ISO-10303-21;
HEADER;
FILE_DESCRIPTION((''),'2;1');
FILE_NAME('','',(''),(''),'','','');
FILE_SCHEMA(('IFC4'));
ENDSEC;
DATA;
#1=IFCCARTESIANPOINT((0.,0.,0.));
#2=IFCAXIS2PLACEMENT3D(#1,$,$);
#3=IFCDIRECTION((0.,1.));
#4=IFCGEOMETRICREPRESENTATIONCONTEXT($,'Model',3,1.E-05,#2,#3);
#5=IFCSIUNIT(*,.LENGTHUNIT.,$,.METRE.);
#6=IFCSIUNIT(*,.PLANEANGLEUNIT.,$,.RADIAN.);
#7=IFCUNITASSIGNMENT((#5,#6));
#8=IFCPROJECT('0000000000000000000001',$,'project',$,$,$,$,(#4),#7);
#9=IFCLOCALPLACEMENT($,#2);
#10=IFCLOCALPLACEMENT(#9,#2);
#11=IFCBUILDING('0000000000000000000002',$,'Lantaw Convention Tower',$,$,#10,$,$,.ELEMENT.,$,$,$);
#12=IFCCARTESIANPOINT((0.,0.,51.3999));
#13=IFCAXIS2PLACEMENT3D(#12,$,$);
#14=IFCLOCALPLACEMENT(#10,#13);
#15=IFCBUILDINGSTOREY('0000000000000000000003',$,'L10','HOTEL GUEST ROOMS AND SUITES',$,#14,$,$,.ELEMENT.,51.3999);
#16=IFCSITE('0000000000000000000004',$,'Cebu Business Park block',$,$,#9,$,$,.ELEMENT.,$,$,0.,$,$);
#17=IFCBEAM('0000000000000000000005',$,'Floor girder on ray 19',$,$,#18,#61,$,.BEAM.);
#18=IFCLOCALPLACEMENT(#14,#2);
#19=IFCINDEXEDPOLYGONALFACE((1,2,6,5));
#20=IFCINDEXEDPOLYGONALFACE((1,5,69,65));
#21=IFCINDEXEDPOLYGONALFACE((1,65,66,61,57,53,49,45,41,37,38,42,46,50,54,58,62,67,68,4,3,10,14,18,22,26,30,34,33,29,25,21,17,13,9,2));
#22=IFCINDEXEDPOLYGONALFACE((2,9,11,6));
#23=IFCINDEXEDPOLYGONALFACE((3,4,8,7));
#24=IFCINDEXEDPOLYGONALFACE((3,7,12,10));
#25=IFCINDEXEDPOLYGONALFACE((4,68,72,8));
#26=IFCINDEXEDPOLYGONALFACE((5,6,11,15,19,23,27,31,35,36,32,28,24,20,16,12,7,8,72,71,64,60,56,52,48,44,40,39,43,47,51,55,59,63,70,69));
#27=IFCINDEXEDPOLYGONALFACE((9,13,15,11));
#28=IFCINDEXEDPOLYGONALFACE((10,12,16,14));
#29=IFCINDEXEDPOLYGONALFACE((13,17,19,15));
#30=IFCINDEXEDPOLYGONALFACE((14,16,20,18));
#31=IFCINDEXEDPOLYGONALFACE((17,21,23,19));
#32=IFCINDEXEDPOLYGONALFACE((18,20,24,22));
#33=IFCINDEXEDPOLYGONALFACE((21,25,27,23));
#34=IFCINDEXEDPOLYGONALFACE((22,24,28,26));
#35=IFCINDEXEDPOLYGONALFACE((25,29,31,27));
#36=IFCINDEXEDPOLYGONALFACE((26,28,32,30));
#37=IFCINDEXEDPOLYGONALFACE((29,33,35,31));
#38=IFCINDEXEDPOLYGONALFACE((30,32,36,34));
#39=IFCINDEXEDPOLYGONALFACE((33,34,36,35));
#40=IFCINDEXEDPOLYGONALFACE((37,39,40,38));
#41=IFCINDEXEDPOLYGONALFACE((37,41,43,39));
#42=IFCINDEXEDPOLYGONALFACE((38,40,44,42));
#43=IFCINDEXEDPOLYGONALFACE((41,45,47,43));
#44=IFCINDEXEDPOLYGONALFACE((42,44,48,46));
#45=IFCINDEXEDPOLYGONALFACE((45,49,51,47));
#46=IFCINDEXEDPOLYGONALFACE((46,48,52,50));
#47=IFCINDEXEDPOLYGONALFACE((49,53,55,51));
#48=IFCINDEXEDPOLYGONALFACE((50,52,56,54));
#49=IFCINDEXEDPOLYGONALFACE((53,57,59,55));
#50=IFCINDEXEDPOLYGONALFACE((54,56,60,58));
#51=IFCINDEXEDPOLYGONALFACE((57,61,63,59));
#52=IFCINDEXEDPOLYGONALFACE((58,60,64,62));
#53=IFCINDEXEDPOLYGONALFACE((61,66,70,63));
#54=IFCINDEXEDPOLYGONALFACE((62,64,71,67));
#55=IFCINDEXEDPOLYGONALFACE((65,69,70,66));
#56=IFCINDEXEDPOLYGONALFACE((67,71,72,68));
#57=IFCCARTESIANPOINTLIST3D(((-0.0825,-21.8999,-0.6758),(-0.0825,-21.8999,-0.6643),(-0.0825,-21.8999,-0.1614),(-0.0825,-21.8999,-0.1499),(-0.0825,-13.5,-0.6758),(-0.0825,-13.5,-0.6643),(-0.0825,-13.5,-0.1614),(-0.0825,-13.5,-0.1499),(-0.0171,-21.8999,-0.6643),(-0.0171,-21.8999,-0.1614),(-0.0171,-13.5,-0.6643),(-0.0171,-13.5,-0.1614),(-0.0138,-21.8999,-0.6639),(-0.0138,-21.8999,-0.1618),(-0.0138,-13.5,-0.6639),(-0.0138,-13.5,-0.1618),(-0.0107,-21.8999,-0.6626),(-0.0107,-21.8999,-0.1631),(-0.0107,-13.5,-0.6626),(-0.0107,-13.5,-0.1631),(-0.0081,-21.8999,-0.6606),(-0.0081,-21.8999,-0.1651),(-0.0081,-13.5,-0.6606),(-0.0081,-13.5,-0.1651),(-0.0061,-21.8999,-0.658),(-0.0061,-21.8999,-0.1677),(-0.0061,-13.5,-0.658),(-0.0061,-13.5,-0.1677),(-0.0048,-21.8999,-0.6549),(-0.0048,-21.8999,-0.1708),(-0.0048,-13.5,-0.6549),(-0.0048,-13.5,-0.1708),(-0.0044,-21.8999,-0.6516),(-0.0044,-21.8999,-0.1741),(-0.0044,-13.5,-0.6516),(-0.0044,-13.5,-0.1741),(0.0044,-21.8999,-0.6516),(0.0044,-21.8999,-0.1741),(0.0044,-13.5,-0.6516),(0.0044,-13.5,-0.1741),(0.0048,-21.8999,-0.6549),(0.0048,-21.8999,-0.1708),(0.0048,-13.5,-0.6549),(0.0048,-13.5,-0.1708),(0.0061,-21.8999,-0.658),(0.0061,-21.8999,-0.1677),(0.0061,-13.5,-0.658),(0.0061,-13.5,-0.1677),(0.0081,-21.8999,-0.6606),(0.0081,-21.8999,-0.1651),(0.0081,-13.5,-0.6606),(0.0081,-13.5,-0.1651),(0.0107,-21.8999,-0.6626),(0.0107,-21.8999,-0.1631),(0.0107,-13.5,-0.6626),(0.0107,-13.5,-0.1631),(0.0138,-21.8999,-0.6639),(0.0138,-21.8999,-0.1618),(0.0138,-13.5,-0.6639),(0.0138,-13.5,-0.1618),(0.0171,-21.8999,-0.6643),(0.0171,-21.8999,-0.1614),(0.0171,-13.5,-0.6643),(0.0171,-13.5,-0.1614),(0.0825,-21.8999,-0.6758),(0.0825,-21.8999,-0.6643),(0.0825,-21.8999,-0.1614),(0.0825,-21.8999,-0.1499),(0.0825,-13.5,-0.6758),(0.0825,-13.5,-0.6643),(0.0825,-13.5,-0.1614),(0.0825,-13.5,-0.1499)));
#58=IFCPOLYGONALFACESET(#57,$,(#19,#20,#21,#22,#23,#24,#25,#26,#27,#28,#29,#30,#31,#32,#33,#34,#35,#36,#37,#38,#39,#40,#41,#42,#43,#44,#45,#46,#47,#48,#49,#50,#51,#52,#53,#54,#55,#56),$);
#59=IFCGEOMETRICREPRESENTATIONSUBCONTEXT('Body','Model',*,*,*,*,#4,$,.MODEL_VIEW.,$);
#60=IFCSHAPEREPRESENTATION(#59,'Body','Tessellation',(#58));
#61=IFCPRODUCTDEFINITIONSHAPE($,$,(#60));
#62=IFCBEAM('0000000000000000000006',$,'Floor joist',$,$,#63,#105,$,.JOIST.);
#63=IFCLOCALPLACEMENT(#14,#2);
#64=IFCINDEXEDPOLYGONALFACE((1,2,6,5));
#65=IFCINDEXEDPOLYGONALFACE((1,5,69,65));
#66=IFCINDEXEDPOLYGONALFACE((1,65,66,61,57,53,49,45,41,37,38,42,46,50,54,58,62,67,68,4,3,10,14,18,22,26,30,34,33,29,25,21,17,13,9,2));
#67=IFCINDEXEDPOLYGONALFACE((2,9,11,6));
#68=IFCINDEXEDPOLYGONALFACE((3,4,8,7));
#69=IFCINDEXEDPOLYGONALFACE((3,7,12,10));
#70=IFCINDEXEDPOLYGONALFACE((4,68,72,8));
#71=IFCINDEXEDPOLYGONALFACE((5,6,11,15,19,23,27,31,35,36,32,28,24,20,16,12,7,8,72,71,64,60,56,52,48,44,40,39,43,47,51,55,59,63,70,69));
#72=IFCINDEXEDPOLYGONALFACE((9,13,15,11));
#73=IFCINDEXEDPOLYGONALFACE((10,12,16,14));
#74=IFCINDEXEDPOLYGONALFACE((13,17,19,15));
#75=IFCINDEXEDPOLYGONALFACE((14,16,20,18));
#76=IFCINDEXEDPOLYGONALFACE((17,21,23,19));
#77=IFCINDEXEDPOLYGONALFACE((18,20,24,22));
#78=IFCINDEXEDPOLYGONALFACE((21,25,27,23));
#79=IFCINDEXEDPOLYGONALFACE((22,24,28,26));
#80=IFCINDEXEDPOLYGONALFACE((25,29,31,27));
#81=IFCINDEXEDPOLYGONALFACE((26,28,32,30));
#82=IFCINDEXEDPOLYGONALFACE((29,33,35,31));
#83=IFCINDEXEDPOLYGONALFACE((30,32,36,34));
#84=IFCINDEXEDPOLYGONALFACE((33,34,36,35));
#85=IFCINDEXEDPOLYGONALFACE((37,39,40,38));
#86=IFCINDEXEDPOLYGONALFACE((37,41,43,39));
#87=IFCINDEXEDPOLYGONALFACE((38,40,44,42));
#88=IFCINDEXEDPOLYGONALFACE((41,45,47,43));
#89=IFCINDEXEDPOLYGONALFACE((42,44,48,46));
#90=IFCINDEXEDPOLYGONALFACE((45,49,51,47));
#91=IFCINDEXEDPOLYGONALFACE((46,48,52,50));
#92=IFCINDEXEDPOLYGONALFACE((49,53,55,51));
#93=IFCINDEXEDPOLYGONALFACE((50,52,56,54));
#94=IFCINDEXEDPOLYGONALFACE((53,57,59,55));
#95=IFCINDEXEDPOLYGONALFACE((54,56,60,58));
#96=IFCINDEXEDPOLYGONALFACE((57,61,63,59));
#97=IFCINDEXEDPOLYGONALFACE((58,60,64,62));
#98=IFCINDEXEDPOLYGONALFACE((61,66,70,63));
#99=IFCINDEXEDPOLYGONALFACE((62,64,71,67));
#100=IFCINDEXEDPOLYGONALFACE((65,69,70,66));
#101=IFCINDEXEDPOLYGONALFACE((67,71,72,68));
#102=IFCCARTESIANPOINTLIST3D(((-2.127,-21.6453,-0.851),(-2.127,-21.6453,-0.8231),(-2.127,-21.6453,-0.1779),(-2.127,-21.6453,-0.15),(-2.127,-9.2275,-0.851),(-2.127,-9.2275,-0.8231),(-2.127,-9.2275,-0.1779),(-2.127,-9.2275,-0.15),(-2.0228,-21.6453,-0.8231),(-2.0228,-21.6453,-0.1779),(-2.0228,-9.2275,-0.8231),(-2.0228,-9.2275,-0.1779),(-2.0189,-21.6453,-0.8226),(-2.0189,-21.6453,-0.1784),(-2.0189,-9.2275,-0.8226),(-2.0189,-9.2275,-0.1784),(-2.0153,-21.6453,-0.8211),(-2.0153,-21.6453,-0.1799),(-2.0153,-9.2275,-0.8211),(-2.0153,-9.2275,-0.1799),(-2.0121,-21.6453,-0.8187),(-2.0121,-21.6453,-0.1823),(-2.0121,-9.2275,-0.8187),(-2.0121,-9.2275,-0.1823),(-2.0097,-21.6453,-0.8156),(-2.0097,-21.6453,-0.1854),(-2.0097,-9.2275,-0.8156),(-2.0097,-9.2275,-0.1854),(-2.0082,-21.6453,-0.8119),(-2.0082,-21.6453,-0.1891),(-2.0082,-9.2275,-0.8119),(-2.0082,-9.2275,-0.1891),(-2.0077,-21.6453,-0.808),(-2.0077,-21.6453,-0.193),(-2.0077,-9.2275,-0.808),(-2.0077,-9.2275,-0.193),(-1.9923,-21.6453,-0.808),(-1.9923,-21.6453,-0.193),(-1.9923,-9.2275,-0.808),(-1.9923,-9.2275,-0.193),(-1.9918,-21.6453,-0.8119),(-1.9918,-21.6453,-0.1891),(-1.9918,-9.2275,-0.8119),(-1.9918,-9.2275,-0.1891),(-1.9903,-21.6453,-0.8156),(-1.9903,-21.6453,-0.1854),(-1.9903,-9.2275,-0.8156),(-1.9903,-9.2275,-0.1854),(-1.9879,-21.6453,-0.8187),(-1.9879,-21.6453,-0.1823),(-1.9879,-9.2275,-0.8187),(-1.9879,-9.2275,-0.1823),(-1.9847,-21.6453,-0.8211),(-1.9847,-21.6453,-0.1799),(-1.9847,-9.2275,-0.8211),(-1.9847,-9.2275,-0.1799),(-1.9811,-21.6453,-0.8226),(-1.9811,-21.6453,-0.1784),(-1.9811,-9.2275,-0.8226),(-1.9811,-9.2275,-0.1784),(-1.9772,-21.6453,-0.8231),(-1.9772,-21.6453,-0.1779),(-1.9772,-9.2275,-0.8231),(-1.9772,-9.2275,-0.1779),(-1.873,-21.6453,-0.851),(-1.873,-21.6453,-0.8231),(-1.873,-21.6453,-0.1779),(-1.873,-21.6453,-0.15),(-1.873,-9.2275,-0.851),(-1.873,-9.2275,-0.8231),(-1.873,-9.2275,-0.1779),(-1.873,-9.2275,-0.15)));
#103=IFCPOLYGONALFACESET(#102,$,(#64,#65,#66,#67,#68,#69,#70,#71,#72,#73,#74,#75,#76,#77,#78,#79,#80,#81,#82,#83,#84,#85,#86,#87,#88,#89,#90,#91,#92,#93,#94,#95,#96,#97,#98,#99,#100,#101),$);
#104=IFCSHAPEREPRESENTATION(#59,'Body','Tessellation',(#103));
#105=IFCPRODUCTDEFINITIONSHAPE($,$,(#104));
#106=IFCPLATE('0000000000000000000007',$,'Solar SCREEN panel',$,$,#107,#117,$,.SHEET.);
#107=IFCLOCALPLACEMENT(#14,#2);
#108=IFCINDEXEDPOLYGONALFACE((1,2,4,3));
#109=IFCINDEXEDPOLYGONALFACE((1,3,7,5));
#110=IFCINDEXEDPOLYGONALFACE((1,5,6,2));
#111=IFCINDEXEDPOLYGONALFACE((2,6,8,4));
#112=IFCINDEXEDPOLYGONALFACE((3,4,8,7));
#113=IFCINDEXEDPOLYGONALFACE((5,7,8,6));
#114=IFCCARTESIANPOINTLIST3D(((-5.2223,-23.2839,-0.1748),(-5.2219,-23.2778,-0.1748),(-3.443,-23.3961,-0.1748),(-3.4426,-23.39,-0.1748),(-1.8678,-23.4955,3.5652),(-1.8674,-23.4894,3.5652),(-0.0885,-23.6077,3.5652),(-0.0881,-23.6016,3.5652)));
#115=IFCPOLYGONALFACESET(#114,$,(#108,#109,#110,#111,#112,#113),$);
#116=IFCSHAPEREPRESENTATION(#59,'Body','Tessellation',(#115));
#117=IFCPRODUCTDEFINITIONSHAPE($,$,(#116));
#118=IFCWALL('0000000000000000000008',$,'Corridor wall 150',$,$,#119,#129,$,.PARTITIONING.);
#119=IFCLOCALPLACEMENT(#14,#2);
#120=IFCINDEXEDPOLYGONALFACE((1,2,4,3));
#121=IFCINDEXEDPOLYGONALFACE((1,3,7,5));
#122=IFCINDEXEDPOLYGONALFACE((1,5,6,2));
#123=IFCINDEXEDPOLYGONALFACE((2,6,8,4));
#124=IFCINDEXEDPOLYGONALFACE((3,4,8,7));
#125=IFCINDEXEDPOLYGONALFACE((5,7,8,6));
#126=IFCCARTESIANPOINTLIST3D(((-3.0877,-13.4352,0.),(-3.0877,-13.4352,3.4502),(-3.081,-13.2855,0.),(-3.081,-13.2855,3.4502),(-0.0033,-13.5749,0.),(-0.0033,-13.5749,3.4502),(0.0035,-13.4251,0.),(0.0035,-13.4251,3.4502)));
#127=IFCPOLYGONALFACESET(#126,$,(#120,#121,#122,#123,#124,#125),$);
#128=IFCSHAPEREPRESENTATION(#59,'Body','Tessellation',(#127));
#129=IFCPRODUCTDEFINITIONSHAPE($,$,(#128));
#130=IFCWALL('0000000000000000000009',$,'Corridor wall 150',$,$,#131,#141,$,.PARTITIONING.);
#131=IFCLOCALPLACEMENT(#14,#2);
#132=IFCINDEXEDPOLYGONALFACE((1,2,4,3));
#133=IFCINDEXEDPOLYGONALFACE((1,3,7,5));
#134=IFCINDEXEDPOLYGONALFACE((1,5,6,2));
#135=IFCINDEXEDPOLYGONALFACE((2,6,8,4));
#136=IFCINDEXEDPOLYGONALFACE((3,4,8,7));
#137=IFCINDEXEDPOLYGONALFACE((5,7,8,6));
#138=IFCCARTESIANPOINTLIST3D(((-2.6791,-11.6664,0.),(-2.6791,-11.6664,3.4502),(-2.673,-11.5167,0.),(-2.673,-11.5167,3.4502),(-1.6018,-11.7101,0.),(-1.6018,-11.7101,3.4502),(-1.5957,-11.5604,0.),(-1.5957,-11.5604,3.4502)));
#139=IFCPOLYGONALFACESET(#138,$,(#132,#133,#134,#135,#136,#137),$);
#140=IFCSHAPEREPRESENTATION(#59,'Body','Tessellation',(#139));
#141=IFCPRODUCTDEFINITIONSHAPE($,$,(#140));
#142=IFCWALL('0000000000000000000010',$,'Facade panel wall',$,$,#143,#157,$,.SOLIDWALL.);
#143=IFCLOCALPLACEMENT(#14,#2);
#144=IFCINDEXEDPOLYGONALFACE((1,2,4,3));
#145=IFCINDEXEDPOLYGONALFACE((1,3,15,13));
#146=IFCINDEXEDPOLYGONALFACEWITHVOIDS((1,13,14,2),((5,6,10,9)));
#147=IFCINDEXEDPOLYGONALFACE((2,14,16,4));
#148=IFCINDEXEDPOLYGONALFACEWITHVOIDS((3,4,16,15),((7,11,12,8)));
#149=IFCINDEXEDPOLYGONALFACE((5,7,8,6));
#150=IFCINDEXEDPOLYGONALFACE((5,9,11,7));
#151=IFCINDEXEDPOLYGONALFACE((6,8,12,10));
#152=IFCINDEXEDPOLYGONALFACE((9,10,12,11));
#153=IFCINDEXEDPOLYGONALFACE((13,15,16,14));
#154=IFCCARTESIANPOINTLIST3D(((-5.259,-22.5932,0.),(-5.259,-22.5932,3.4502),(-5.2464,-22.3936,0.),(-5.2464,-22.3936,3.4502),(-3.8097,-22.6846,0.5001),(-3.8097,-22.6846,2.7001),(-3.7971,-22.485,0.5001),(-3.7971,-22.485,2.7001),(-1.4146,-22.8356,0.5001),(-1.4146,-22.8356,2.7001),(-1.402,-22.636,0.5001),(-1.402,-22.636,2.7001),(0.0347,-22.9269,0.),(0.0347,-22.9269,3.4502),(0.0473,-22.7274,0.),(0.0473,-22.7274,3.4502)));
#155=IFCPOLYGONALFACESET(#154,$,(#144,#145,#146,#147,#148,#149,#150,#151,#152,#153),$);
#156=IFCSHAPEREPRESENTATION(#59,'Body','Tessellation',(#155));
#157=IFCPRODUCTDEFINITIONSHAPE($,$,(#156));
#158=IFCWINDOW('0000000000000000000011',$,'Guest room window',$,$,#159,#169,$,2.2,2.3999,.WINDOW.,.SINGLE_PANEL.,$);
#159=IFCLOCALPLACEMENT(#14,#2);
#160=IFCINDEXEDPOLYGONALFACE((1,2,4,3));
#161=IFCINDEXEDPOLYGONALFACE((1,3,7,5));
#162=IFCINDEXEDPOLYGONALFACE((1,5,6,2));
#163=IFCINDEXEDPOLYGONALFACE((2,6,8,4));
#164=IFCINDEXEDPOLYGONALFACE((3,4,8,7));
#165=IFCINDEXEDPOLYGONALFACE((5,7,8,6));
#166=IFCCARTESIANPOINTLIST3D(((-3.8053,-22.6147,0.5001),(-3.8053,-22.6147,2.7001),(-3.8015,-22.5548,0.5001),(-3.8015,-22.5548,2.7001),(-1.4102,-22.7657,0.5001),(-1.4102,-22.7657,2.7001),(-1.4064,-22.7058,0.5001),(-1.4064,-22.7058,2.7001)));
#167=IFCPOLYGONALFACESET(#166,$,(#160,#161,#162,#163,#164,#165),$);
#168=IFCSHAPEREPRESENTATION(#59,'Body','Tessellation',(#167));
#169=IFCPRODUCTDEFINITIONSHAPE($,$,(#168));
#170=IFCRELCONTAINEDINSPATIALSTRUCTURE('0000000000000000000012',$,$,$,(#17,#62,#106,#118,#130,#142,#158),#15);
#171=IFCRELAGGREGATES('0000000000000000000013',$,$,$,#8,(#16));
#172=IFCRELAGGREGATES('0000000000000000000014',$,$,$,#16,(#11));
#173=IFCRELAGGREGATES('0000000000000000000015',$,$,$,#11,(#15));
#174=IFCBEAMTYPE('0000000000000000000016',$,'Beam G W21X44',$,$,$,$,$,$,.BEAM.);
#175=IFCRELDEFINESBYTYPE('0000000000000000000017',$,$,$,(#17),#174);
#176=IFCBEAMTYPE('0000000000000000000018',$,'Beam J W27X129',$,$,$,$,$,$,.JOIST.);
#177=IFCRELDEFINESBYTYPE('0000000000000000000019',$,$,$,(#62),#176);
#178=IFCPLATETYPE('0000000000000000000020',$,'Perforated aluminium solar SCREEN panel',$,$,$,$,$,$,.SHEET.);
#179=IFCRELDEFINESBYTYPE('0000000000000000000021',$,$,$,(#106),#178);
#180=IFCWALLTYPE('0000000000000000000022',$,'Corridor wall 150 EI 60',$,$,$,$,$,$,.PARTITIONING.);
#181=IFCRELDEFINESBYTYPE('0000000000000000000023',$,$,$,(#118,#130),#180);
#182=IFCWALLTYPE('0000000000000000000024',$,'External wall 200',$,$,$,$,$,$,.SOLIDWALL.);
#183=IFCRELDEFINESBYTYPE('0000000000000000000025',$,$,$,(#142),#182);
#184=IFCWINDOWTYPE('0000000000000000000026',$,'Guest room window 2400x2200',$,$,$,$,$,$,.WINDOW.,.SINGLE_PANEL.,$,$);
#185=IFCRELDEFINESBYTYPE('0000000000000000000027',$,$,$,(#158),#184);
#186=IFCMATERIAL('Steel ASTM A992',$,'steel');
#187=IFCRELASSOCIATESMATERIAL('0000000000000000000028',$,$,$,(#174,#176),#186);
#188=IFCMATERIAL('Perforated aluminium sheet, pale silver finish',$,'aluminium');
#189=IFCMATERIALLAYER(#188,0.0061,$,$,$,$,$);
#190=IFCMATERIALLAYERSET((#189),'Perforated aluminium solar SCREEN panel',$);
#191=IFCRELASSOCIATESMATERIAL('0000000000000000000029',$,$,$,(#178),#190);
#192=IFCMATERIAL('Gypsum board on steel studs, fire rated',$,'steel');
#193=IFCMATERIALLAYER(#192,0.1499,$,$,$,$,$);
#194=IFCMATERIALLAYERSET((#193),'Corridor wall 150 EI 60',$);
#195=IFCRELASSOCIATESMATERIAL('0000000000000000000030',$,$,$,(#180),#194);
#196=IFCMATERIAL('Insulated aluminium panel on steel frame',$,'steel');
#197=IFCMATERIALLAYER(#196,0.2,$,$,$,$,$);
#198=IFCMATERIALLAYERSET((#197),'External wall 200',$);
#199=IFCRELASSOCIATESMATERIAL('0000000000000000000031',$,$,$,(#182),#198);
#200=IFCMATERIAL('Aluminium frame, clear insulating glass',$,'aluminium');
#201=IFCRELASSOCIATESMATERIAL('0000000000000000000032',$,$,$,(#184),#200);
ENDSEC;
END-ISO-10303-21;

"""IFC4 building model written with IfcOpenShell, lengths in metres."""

from ifc_helpers import new_model, si_unit, direction, frame, frame_2d, origin, origin_2d, place, context, subcontext, project, spatial, polyline, rectangle, i_section, outline, extrude, material, layer, layer_set, material_profile, profile_set, type_object, element, fill, save


model = new_model("IFC4")

# Units and contexts
model_context = context("Model", 3, precision=1e-05, world=origin(), true_north=direction((0.0, 1.0)))
body_context = subcontext(model_context, "Body", "Model", "MODEL_VIEW")
ifc_project = project(units=[si_unit("LENGTHUNIT", "METRE"), si_unit("PLANEANGLEUNIT", "RADIAN")], contexts=[model_context])

# Site, building, storey
site_placement = place(None, origin())
site = spatial("IfcSite", under=ifc_project, at=site_placement, Name="Cebu Business Park block", CompositionType="ELEMENT", RefElevation=0.0)
building_placement = place(site_placement, origin())
building = spatial("IfcBuilding", under=site, at=building_placement, Name="Lantaw Convention Tower", CompositionType="ELEMENT")
storey_placement = place(building_placement, frame((0.0, 0.0, 51.3999)))
storey = spatial("IfcBuildingStorey", under=building, at=storey_placement, Name="L10", Description="HOTEL GUEST ROOMS AND SUITES", CompositionType="ELEMENT", Elevation=51.3999)

# Beams
ifc_material_1 = material(Name="Steel ASTM A992", Category="steel")
ifc_material_profile_1 = material_profile(ifc_material_1, i_section(OverallWidth=0.165, OverallDepth=0.5259, WebThickness=0.0088, FlangeThickness=0.0115, FilletRadius=0.0127, at=origin_2d()), Name="W21X44")
ifc_profile_set_1 = profile_set([ifc_material_profile_1], Name="Steel ASTM A992")
beam_type_1 = type_object("IfcBeamType", Name="Beam G W21X44", PredefinedType="BEAM", material=ifc_profile_set_1)
beam_1_placement = place(storey_placement, frame((0.0, -13.5, -0.4128), z_axis=(0.0, -1.0, 0.0), x_axis=(1.0, 0.0, 0.0)))
element("IfcBeam", 1, at=beam_1_placement, inside=storey, type_object=beam_type_1, Name="Floor girder on ray 19", PredefinedType="BEAM", context=body_context, shape_type="SweptSolid", body=[
    extrude(i_section(OverallWidth=0.165, OverallDepth=0.5259, WebThickness=0.0088, FlangeThickness=0.0115, FilletRadius=0.0127, at=origin_2d()), origin(), (0.0, 0.0, 1.0), 8.3999),
])
ifc_material_profile_2 = material_profile(ifc_material_1, i_section(OverallWidth=0.2539, OverallDepth=0.7009, WebThickness=0.0154, FlangeThickness=0.0278, FilletRadius=0.0151, at=origin_2d()), Name="W27X129")
ifc_profile_set_2 = profile_set([ifc_material_profile_2], Name="Steel ASTM A992")
beam_type_2 = type_object("IfcBeamType", Name="Beam J W27X129", PredefinedType="JOIST", material=ifc_profile_set_2)
beam_2_placement = place(storey_placement, frame((-2.0, -21.6453, -0.5005), z_axis=(0.0, 1.0, 0.0), x_axis=(-1.0, 0.0, 0.0)))
element("IfcBeam", 2, at=beam_2_placement, inside=storey, type_object=beam_type_2, Name="Floor joist", PredefinedType="JOIST", context=body_context, shape_type="SweptSolid", body=[
    extrude(i_section(OverallWidth=0.2539, OverallDepth=0.7009, WebThickness=0.0154, FlangeThickness=0.0278, FilletRadius=0.0151, at=origin_2d()), origin(), (0.0, 0.0, 1.0), 12.4177),
])

# Plate
ifc_material_2 = material(Name="Perforated aluminium sheet, pale silver finish", Category="aluminium")
ifc_layer_1 = layer(ifc_material_2, 0.0061)
ifc_layer_set_1 = layer_set([ifc_layer_1], Name="Perforated aluminium solar SCREEN panel")
plate_type = type_object("IfcPlateType", Name="Perforated aluminium solar SCREEN panel", PredefinedType="SHEET", material=ifc_layer_set_1)
plate_placement = place(storey_placement, frame((-5.2219, -23.2778, -0.1748), z_axis=(0.062924, 0.998018, 0.000014), x_axis=(0.998018, -0.062924, 0.0)))
element("IfcPlate", 3, at=plate_placement, inside=storey, type_object=plate_type, Name="Solar SCREEN panel", PredefinedType="SHEET", context=body_context, shape_type="SweptSolid", body=[
    extrude(outline(polyline([(0.0, 0.0), (1.7828, 0.0), (5.144, -3.74), (3.3612, -3.74), (0.0, 0.0)])), origin(), (0.0, 0.0, -1.0), 0.0061),
])

# Walls
ifc_material_3 = material(Name="Gypsum board on steel studs, fire rated", Category="steel")
ifc_layer_2 = layer(ifc_material_3, 0.1499)
ifc_layer_set_2 = layer_set([ifc_layer_2], Name="Corridor wall 150 EI 60")
wall_type_1 = type_object("IfcWallType", Name="Corridor wall 150 EI 60", PredefinedType="PARTITIONING", material=ifc_layer_set_2)
wall_1_placement = place(storey_placement, frame((-3.0845, -13.3604, 0.0), z_axis=(0.0, 0.0, 1.0), x_axis=(0.998977, -0.045228, 0.0)))
element("IfcWall", 4, at=wall_1_placement, inside=storey, type_object=wall_type_1, Name="Corridor wall 150", PredefinedType="PARTITIONING", context=body_context, shape_type="SweptSolid", body=[
    extrude(rectangle(XDim=3.0876, YDim=0.1499, at=frame_2d((1.5439, 0.0))), origin(), (0.0, 0.0, 1.0), 3.4502),
])
wall_2_placement = place(storey_placement, frame((-2.676, -11.5916, 0.0), z_axis=(0.0, 0.0, 1.0), x_axis=(0.999178, -0.040538, 0.0)))
element("IfcWall", 5, at=wall_2_placement, inside=storey, type_object=wall_type_1, Name="Corridor wall 150", PredefinedType="PARTITIONING", context=body_context, shape_type="SweptSolid", body=[
    extrude(rectangle(XDim=1.0781, YDim=0.1499, at=frame_2d((0.5391, 0.0))), origin(), (0.0, 0.0, 1.0), 3.4502),
])

# Wall, opening, window
ifc_material_4 = material(Name="Insulated aluminium panel on steel frame", Category="steel")
ifc_layer_3 = layer(ifc_material_4, 0.2)
ifc_layer_set_3 = layer_set([ifc_layer_3], Name="External wall 200")
wall_type_2 = type_object("IfcWallType", Name="External wall 200", PredefinedType="SOLIDWALL", material=ifc_layer_set_3)
wall_3_placement = place(storey_placement, frame((-5.2527, -22.4934, 0.0), z_axis=(0.0, 0.0, 1.0), x_axis=(0.998019, -0.06292, 0.0)))
wall_3 = element("IfcWall", 6, at=wall_3_placement, inside=storey, type_object=wall_type_2, Name="Facade panel wall", PredefinedType="SOLIDWALL", context=body_context, shape_type="SweptSolid", body=[
    extrude(rectangle(XDim=5.3042, YDim=0.2, at=frame_2d((2.6521, 0.0))), origin(), (0.0, 0.0, 1.0), 3.4502),
])
opening_1_placement = place(wall_3_placement, frame((1.4521, 0.0, 0.5)))
opening_1 = element("IfcOpeningElement", 7, at=opening_1_placement, cuts=wall_3, PredefinedType="OPENING", context=body_context, shape_type="SweptSolid", body=[
    extrude(rectangle(XDim=2.3999, YDim=2.2, at=frame_2d((1.2, 1.1001))), frame((0.0, 0.1099, 0.0), z_axis=(0.0, -1.0, 0.0), x_axis=(1.0, 0.0, 0.0)), (0.0, 0.0, 1.0), 0.22),
])
ifc_material_5 = material(Name="Aluminium frame, clear insulating glass", Category="aluminium")
window_type = type_object("IfcWindowType", Name="Guest room window 2400x2200", PartitioningType="SINGLE_PANEL", PredefinedType="WINDOW", material=ifc_material_5)
window_1_placement = place(opening_1_placement, origin())
window_1 = element("IfcWindow", 8, at=window_1_placement, inside=storey, type_object=window_type, Name="Guest room window", OverallHeight=2.2, OverallWidth=2.3999, PartitioningType="SINGLE_PANEL", PredefinedType="WINDOW", context=body_context, shape_type="SweptSolid", body=[
    extrude(rectangle(XDim=2.3999, YDim=2.2, at=frame_2d((1.2, 1.1001))), frame((0.0, 0.03, 0.0), z_axis=(0.0, -1.0, 0.0), x_axis=(1.0, 0.0, 0.0)), (0.0, 0.0, 1.0), 0.0601),
])
fill(opening_1, window_1)

save(model, "model.ifc")
